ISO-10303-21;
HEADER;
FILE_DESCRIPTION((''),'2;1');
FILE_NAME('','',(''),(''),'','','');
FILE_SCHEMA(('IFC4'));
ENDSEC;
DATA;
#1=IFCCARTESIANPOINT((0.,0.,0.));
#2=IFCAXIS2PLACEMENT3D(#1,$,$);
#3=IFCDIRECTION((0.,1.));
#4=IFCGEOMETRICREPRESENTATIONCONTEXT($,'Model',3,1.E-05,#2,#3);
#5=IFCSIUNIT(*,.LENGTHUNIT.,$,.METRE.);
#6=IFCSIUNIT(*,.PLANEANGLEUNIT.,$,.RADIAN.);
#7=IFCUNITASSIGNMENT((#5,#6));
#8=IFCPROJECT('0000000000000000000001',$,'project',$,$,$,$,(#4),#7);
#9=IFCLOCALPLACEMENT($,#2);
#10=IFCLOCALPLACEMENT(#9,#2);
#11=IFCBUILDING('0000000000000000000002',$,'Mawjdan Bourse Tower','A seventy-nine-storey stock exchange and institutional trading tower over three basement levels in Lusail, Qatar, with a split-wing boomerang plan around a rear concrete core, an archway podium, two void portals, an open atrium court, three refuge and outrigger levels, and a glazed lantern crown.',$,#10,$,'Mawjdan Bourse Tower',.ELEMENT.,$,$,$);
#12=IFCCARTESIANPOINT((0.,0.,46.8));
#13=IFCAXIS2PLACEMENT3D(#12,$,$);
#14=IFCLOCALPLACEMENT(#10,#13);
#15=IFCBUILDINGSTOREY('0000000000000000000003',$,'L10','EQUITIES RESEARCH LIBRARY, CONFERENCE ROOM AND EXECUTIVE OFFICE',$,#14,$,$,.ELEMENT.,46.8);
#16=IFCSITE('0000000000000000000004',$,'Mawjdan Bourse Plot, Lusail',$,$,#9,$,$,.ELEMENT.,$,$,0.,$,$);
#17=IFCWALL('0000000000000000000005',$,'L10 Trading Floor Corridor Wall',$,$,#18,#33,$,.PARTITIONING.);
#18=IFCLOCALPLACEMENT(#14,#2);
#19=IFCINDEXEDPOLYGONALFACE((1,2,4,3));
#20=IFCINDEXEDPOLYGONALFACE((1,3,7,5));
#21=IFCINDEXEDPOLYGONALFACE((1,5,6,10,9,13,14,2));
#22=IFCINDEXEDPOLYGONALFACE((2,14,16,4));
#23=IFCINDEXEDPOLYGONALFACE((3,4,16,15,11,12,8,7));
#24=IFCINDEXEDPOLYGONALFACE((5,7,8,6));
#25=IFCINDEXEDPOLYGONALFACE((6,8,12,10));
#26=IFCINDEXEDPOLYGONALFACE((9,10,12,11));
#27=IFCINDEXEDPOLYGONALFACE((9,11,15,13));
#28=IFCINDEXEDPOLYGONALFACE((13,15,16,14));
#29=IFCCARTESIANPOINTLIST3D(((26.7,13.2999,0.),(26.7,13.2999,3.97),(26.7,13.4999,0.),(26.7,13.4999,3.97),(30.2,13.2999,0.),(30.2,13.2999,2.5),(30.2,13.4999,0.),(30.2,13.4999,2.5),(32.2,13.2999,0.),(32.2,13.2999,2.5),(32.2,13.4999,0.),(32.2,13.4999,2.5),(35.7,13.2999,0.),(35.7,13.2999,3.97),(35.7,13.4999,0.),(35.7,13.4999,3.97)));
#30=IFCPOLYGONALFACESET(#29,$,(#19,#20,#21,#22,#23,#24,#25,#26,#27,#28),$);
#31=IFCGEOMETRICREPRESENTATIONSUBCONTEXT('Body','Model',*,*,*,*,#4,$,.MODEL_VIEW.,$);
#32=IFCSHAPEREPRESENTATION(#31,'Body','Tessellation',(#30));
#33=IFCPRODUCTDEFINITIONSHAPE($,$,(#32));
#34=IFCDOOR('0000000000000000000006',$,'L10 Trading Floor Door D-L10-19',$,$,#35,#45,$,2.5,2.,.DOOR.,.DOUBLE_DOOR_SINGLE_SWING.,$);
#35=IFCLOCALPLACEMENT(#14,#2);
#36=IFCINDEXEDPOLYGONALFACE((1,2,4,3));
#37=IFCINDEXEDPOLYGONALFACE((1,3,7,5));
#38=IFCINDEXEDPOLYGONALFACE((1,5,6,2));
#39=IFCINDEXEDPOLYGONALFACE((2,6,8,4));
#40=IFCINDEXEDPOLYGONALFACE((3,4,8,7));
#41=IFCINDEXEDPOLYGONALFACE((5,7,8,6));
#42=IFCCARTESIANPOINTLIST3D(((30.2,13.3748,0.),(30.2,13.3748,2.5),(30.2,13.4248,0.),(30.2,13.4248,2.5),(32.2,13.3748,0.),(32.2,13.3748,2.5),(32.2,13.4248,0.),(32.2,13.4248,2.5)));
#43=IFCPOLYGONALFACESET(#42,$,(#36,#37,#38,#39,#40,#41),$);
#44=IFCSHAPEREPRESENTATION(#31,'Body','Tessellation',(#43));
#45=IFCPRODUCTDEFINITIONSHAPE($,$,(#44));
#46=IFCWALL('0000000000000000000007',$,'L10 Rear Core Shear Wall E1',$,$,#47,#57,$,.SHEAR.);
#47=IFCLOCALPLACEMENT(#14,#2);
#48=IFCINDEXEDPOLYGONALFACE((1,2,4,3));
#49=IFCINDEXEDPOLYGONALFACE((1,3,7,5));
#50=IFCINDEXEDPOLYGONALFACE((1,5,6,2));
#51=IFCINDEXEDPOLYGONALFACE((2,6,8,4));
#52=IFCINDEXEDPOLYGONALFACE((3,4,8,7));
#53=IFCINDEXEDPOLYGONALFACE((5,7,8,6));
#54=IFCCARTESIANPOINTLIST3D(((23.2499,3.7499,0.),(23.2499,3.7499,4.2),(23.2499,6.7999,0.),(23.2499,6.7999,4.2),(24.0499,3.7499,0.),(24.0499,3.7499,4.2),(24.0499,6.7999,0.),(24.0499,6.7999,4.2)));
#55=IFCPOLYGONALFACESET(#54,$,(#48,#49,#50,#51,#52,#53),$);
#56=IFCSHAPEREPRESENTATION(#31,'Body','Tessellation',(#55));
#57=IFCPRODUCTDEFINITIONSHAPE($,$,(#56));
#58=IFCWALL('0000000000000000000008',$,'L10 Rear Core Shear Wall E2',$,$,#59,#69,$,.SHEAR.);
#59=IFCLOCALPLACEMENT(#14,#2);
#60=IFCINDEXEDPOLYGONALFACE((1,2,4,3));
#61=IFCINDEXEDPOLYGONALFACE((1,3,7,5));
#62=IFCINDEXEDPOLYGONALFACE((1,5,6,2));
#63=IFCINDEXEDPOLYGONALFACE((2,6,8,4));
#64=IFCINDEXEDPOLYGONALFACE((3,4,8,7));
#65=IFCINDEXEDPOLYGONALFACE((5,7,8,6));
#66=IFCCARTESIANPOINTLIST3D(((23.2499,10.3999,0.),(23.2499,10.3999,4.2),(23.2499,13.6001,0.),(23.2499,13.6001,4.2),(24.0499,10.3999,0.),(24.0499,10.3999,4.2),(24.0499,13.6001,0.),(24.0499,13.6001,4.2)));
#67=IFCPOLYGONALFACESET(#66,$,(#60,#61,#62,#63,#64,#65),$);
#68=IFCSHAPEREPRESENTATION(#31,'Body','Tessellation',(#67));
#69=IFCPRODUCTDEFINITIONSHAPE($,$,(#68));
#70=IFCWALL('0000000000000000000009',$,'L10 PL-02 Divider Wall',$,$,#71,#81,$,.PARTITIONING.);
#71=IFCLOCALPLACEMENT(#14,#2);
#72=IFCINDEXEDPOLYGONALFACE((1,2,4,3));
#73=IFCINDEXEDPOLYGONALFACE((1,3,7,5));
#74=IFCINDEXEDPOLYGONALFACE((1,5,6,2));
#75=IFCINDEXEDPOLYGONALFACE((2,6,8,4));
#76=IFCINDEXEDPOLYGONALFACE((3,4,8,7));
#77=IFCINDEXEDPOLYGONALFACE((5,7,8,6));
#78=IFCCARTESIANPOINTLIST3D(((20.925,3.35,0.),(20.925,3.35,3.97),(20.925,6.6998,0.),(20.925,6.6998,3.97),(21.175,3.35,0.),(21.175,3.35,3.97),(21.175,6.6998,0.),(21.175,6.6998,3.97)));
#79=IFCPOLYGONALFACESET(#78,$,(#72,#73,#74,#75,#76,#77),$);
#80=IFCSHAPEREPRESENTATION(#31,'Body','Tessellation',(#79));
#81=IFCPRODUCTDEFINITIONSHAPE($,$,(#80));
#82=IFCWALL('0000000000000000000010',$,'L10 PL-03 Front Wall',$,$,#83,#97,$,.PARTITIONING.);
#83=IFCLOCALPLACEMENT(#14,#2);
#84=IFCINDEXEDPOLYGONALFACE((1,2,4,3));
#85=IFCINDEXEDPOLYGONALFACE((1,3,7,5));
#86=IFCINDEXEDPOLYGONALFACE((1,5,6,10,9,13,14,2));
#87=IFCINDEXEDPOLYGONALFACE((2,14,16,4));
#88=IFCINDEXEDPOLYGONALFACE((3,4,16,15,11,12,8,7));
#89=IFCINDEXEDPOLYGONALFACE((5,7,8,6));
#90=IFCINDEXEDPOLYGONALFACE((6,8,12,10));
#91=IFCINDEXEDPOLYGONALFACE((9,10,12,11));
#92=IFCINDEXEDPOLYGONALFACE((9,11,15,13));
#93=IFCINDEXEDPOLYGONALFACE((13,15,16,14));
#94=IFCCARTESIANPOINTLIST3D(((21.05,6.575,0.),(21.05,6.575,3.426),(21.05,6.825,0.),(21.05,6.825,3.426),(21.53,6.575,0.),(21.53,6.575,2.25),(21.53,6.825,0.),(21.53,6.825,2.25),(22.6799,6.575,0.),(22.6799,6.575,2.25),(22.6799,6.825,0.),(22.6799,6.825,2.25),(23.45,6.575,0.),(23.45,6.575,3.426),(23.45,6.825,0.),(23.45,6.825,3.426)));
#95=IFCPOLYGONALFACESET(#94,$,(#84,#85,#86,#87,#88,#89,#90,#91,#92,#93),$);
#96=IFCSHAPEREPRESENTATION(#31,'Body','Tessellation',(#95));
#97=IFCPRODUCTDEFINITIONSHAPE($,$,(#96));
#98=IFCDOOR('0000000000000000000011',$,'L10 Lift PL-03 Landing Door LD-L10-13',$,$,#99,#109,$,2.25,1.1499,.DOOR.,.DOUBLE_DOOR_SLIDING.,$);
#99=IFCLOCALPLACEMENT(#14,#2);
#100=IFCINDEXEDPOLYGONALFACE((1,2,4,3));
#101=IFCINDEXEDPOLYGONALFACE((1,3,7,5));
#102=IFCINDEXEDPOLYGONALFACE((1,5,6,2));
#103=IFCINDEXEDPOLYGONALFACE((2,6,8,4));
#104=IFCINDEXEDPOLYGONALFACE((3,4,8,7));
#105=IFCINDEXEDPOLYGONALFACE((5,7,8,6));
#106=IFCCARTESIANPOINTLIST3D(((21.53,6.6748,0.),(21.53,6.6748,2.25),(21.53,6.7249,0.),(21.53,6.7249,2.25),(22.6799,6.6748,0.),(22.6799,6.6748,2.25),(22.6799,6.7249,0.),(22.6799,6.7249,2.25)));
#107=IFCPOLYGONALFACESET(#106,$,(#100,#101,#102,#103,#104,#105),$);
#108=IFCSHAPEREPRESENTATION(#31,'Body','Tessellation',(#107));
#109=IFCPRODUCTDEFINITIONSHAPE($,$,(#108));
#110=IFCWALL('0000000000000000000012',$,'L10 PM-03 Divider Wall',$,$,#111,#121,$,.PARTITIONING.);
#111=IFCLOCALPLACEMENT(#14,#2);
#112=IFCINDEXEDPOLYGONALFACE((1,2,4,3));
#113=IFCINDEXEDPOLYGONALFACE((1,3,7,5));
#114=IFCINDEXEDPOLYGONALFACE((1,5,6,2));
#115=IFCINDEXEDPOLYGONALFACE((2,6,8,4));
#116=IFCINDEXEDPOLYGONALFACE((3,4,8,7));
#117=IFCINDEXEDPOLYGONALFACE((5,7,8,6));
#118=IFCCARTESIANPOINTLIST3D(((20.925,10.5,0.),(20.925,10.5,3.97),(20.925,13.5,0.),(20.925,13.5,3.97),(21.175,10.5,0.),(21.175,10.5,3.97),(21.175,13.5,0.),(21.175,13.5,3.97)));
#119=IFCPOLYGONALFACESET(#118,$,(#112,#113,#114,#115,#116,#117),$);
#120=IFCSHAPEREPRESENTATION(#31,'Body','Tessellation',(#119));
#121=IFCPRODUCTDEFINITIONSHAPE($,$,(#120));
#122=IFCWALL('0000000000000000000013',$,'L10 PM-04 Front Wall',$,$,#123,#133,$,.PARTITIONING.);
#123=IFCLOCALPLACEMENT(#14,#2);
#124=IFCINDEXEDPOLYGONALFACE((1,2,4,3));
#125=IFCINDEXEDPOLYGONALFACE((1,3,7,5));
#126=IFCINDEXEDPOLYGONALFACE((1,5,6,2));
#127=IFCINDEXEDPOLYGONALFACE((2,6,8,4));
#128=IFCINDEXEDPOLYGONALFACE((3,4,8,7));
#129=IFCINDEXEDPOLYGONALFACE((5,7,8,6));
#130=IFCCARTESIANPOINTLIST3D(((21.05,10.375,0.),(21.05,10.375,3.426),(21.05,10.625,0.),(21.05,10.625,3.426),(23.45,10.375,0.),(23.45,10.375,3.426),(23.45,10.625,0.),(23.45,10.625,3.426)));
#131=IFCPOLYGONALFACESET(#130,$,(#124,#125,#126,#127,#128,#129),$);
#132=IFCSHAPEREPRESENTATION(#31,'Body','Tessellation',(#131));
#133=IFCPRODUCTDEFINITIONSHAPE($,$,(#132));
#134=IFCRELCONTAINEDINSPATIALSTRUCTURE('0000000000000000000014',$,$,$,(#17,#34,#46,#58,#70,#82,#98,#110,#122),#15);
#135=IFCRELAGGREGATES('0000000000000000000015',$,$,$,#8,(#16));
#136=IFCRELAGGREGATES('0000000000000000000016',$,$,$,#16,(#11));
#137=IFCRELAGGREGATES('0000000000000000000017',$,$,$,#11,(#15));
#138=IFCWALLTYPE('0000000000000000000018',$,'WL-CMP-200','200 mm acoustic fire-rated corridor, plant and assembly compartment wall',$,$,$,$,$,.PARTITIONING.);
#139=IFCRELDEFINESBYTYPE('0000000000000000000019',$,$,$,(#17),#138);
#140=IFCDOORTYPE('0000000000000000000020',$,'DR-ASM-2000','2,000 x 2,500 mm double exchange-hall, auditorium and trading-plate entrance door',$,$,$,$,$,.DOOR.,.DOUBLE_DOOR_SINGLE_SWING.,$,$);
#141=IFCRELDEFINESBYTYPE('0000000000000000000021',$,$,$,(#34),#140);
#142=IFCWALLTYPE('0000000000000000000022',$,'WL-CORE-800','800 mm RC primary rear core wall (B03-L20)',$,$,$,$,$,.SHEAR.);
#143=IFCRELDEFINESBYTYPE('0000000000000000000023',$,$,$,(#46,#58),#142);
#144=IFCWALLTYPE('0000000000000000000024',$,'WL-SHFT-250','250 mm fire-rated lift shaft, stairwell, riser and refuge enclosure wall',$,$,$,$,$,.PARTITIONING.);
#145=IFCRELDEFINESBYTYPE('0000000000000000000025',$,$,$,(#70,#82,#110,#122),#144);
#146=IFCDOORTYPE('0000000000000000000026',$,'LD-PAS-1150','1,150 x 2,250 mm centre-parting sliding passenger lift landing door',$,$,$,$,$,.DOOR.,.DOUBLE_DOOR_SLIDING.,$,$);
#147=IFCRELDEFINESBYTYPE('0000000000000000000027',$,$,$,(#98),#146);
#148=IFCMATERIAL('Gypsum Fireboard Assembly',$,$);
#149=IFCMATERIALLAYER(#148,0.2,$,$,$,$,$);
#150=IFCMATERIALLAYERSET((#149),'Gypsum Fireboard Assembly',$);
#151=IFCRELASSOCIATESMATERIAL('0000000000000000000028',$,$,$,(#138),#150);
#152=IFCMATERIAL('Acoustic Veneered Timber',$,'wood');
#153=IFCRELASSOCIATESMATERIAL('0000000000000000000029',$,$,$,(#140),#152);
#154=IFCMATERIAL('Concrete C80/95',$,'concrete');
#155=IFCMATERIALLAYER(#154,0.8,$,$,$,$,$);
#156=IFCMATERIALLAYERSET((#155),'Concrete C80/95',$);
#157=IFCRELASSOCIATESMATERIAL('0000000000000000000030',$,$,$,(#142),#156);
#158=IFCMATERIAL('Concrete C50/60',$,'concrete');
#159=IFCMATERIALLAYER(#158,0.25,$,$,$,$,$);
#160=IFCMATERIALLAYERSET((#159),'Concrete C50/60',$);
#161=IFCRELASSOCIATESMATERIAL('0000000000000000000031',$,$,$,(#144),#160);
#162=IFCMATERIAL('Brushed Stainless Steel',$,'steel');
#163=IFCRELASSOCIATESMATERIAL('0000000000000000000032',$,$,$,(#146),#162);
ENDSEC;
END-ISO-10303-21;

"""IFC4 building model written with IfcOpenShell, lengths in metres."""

from ifc_helpers import new_model, si_unit, direction, frame, frame_2d, origin, place, context, subcontext, project, spatial, rectangle, extrude, material, layer, layer_set, type_object, element, fill, save


model = new_model("IFC4")

# Units and contexts
model_context = context("Model", 3, precision=1e-05, world=origin(), true_north=direction((0.0, 1.0)))
body_context = subcontext(model_context, "Body", "Model", "MODEL_VIEW")
ifc_project = project(units=[si_unit("LENGTHUNIT", "METRE"), si_unit("PLANEANGLEUNIT", "RADIAN")], contexts=[model_context])

# Site, building, storey
site_placement = place(None, origin())
site = spatial("IfcSite", under=ifc_project, at=site_placement, Name="Mawjdan Bourse Plot, Lusail", CompositionType="ELEMENT", RefElevation=0.0)
building_placement = place(site_placement, origin())
building = spatial("IfcBuilding", under=site, at=building_placement, Name="Mawjdan Bourse Tower", Description="A seventy-nine-storey stock exchange and institutional trading tower over three basement levels in Lusail, Qatar, with a split-wing boomerang plan around a rear concrete core, an archway podium, two void portals, an open atrium court, three refuge and outrigger levels, and a glazed lantern crown.", LongName="Mawjdan Bourse Tower", CompositionType="ELEMENT")
storey_placement = place(building_placement, frame((0.0, 0.0, 46.8)))
storey = spatial("IfcBuildingStorey", under=building, at=storey_placement, Name="L10", Description="EQUITIES RESEARCH LIBRARY, CONFERENCE ROOM AND EXECUTIVE OFFICE", CompositionType="ELEMENT", Elevation=46.8)

# Shared definitions
ifc_material_1 = material(Name="Concrete C80/95", Category="concrete")

# Shared definitions
ifc_material_2 = material(Name="Gypsum Fireboard Assembly")
ifc_layer_1 = layer(ifc_material_2, 0.2)
ifc_layer_set_1 = layer_set([ifc_layer_1], Name="Gypsum Fireboard Assembly")
wall_type_1 = type_object("IfcWallType", Name="WL-CMP-200", Description="200 mm acoustic fire-rated corridor, plant and assembly compartment wall", PredefinedType="PARTITIONING", material=ifc_layer_set_1)

# Wall, opening, door
wall_1_placement = place(storey_placement, frame((26.7, 13.3999, 0.0), z_axis=(0.0, 0.0, 1.0), x_axis=(1.0, 0.0, 0.0)))
wall_1 = element("IfcWall", 1, at=wall_1_placement, inside=storey, type_object=wall_type_1, Name="L10 Trading Floor Corridor Wall", PredefinedType="PARTITIONING", context=body_context, shape_type="SweptSolid", body=[
    extrude(rectangle(XDim=9.0, YDim=0.2, at=frame_2d((4.5, 0.0))), origin(), (0.0, 0.0, 1.0), 3.97),
])
opening_1_placement = place(wall_1_placement, frame((3.5, 0.0, 0.0)))
opening_1 = element("IfcOpeningElement", 2, at=opening_1_placement, cuts=wall_1, PredefinedType="OPENING", context=body_context, shape_type="SweptSolid", body=[
    extrude(rectangle(XDim=2.0, YDim=2.5, at=frame_2d((1.0, 1.25))), frame((0.0, 0.1099, 0.0), z_axis=(0.0, -1.0, 0.0), x_axis=(1.0, 0.0, 0.0)), (0.0, 0.0, 1.0), 0.22),
])
ifc_material_3 = material(Name="Acoustic Veneered Timber", Category="wood")
door_type_1 = type_object("IfcDoorType", Name="DR-ASM-2000", Description="2,000 x 2,500 mm double exchange-hall, auditorium and trading-plate entrance door", OperationType="DOUBLE_DOOR_SINGLE_SWING", PredefinedType="DOOR", material=ifc_material_3)
door_1_placement = place(opening_1_placement, origin())
door_1 = element("IfcDoor", 3, at=door_1_placement, inside=storey, type_object=door_type_1, Name="L10 Trading Floor Door D-L10-19", OperationType="DOUBLE_DOOR_SINGLE_SWING", OverallHeight=2.5, OverallWidth=2.0, PredefinedType="DOOR", context=body_context, shape_type="SweptSolid", body=[
    extrude(rectangle(XDim=2.0, YDim=2.5, at=frame_2d((1.0, 1.25))), frame((0.0, 0.0249, 0.0), z_axis=(0.0, -1.0, 0.0), x_axis=(1.0, 0.0, 0.0)), (0.0, 0.0, 1.0), 0.05),
])
fill(opening_1, door_1)

# Walls
ifc_layer_2 = layer(ifc_material_1, 0.8)
ifc_layer_set_2 = layer_set([ifc_layer_2], Name="Concrete C80/95")
wall_type_2 = type_object("IfcWallType", Name="WL-CORE-800", Description="800 mm RC primary rear core wall (B03-L20)", PredefinedType="SHEAR", material=ifc_layer_set_2)
wall_2_placement = place(storey_placement, frame((23.6499, 3.75, 0.0), z_axis=(0.0, 0.0, 1.0), x_axis=(0.0, 1.0, 0.0)))
element("IfcWall", 4, at=wall_2_placement, inside=storey, type_object=wall_type_2, Name="L10 Rear Core Shear Wall E1", PredefinedType="SHEAR", context=body_context, shape_type="SweptSolid", body=[
    extrude(rectangle(XDim=3.05, YDim=0.8, at=frame_2d((1.5249, 0.0))), origin(), (0.0, 0.0, 1.0), 4.2),
])
wall_3_placement = place(storey_placement, frame((23.6499, 10.3999, 0.0), z_axis=(0.0, 0.0, 1.0), x_axis=(0.0, 1.0, 0.0)))
element("IfcWall", 5, at=wall_3_placement, inside=storey, type_object=wall_type_2, Name="L10 Rear Core Shear Wall E2", PredefinedType="SHEAR", context=body_context, shape_type="SweptSolid", body=[
    extrude(rectangle(XDim=3.2002, YDim=0.8, at=frame_2d((1.6001, 0.0))), origin(), (0.0, 0.0, 1.0), 4.2),
])
ifc_material_4 = material(Name="Concrete C50/60", Category="concrete")
ifc_layer_3 = layer(ifc_material_4, 0.25)
ifc_layer_set_3 = layer_set([ifc_layer_3], Name="Concrete C50/60")
wall_type_3 = type_object("IfcWallType", Name="WL-SHFT-250", Description="250 mm fire-rated lift shaft, stairwell, riser and refuge enclosure wall", PredefinedType="PARTITIONING", material=ifc_layer_set_3)
wall_4_placement = place(storey_placement, frame((21.05, 3.3501, 0.0), z_axis=(0.0, 0.0, 1.0), x_axis=(0.0, 1.0, 0.0)))
element("IfcWall", 6, at=wall_4_placement, inside=storey, type_object=wall_type_3, Name="L10 PL-02 Divider Wall", PredefinedType="PARTITIONING", context=body_context, shape_type="SweptSolid", body=[
    extrude(rectangle(XDim=3.3499, YDim=0.25, at=frame_2d((1.6748, 0.0))), origin(), (0.0, 0.0, 1.0), 3.97),
])

# Wall, opening, door
wall_5_placement = place(storey_placement, frame((21.05, 6.7, 0.0), z_axis=(0.0, 0.0, 1.0), x_axis=(1.0, 0.0, 0.0)))
wall_5 = element("IfcWall", 7, at=wall_5_placement, inside=storey, type_object=wall_type_3, Name="L10 PL-03 Front Wall", PredefinedType="PARTITIONING", context=body_context, shape_type="SweptSolid", body=[
    extrude(rectangle(XDim=2.3999, YDim=0.25, at=frame_2d((1.2, 0.0))), origin(), (0.0, 0.0, 1.0), 3.426),
])
opening_2_placement = place(wall_5_placement, frame((0.48, 0.0, 0.0)))
opening_2 = element("IfcOpeningElement", 8, at=opening_2_placement, cuts=wall_5, PredefinedType="OPENING", context=body_context, shape_type="SweptSolid", body=[
    extrude(rectangle(XDim=1.1499, YDim=2.25, at=frame_2d((0.575, 1.125))), frame((0.0, 0.135, 0.0), z_axis=(0.0, -1.0, 0.0), x_axis=(1.0, 0.0, 0.0)), (0.0, 0.0, 1.0), 0.27),
])
ifc_material_5 = material(Name="Brushed Stainless Steel", Category="steel")
door_type_2 = type_object("IfcDoorType", Name="LD-PAS-1150", Description="1,150 x 2,250 mm centre-parting sliding passenger lift landing door", OperationType="DOUBLE_DOOR_SLIDING", PredefinedType="DOOR", material=ifc_material_5)
door_2_placement = place(opening_2_placement, origin())
door_2 = element("IfcDoor", 9, at=door_2_placement, inside=storey, type_object=door_type_2, Name="L10 Lift PL-03 Landing Door LD-L10-13", OperationType="DOUBLE_DOOR_SLIDING", OverallHeight=2.25, OverallWidth=1.1499, PredefinedType="DOOR", context=body_context, shape_type="SweptSolid", body=[
    extrude(rectangle(XDim=1.1499, YDim=2.25, at=frame_2d((0.575, 1.125))), frame((0.0, 0.0249, 0.0), z_axis=(0.0, -1.0, 0.0), x_axis=(1.0, 0.0, 0.0)), (0.0, 0.0, 1.0), 0.05),
])
fill(opening_2, door_2)

# Walls
wall_6_placement = place(storey_placement, frame((21.05, 10.5, 0.0), z_axis=(0.0, 0.0, 1.0), x_axis=(0.0, 1.0, 0.0)))
element("IfcWall", 10, at=wall_6_placement, inside=storey, type_object=wall_type_3, Name="L10 PM-03 Divider Wall", PredefinedType="PARTITIONING", context=body_context, shape_type="SweptSolid", body=[
    extrude(rectangle(XDim=3.0, YDim=0.25, at=frame_2d((1.5, 0.0))), origin(), (0.0, 0.0, 1.0), 3.97),
])
wall_7_placement = place(storey_placement, frame((21.05, 10.5, 0.0), z_axis=(0.0, 0.0, 1.0), x_axis=(1.0, 0.0, 0.0)))
element("IfcWall", 11, at=wall_7_placement, inside=storey, type_object=wall_type_3, Name="L10 PM-04 Front Wall", PredefinedType="PARTITIONING", context=body_context, shape_type="SweptSolid", body=[
    extrude(rectangle(XDim=2.3999, YDim=0.25, at=frame_2d((1.2, 0.0))), origin(), (0.0, 0.0, 1.0), 3.426),
])

save(model, "model.ifc")
